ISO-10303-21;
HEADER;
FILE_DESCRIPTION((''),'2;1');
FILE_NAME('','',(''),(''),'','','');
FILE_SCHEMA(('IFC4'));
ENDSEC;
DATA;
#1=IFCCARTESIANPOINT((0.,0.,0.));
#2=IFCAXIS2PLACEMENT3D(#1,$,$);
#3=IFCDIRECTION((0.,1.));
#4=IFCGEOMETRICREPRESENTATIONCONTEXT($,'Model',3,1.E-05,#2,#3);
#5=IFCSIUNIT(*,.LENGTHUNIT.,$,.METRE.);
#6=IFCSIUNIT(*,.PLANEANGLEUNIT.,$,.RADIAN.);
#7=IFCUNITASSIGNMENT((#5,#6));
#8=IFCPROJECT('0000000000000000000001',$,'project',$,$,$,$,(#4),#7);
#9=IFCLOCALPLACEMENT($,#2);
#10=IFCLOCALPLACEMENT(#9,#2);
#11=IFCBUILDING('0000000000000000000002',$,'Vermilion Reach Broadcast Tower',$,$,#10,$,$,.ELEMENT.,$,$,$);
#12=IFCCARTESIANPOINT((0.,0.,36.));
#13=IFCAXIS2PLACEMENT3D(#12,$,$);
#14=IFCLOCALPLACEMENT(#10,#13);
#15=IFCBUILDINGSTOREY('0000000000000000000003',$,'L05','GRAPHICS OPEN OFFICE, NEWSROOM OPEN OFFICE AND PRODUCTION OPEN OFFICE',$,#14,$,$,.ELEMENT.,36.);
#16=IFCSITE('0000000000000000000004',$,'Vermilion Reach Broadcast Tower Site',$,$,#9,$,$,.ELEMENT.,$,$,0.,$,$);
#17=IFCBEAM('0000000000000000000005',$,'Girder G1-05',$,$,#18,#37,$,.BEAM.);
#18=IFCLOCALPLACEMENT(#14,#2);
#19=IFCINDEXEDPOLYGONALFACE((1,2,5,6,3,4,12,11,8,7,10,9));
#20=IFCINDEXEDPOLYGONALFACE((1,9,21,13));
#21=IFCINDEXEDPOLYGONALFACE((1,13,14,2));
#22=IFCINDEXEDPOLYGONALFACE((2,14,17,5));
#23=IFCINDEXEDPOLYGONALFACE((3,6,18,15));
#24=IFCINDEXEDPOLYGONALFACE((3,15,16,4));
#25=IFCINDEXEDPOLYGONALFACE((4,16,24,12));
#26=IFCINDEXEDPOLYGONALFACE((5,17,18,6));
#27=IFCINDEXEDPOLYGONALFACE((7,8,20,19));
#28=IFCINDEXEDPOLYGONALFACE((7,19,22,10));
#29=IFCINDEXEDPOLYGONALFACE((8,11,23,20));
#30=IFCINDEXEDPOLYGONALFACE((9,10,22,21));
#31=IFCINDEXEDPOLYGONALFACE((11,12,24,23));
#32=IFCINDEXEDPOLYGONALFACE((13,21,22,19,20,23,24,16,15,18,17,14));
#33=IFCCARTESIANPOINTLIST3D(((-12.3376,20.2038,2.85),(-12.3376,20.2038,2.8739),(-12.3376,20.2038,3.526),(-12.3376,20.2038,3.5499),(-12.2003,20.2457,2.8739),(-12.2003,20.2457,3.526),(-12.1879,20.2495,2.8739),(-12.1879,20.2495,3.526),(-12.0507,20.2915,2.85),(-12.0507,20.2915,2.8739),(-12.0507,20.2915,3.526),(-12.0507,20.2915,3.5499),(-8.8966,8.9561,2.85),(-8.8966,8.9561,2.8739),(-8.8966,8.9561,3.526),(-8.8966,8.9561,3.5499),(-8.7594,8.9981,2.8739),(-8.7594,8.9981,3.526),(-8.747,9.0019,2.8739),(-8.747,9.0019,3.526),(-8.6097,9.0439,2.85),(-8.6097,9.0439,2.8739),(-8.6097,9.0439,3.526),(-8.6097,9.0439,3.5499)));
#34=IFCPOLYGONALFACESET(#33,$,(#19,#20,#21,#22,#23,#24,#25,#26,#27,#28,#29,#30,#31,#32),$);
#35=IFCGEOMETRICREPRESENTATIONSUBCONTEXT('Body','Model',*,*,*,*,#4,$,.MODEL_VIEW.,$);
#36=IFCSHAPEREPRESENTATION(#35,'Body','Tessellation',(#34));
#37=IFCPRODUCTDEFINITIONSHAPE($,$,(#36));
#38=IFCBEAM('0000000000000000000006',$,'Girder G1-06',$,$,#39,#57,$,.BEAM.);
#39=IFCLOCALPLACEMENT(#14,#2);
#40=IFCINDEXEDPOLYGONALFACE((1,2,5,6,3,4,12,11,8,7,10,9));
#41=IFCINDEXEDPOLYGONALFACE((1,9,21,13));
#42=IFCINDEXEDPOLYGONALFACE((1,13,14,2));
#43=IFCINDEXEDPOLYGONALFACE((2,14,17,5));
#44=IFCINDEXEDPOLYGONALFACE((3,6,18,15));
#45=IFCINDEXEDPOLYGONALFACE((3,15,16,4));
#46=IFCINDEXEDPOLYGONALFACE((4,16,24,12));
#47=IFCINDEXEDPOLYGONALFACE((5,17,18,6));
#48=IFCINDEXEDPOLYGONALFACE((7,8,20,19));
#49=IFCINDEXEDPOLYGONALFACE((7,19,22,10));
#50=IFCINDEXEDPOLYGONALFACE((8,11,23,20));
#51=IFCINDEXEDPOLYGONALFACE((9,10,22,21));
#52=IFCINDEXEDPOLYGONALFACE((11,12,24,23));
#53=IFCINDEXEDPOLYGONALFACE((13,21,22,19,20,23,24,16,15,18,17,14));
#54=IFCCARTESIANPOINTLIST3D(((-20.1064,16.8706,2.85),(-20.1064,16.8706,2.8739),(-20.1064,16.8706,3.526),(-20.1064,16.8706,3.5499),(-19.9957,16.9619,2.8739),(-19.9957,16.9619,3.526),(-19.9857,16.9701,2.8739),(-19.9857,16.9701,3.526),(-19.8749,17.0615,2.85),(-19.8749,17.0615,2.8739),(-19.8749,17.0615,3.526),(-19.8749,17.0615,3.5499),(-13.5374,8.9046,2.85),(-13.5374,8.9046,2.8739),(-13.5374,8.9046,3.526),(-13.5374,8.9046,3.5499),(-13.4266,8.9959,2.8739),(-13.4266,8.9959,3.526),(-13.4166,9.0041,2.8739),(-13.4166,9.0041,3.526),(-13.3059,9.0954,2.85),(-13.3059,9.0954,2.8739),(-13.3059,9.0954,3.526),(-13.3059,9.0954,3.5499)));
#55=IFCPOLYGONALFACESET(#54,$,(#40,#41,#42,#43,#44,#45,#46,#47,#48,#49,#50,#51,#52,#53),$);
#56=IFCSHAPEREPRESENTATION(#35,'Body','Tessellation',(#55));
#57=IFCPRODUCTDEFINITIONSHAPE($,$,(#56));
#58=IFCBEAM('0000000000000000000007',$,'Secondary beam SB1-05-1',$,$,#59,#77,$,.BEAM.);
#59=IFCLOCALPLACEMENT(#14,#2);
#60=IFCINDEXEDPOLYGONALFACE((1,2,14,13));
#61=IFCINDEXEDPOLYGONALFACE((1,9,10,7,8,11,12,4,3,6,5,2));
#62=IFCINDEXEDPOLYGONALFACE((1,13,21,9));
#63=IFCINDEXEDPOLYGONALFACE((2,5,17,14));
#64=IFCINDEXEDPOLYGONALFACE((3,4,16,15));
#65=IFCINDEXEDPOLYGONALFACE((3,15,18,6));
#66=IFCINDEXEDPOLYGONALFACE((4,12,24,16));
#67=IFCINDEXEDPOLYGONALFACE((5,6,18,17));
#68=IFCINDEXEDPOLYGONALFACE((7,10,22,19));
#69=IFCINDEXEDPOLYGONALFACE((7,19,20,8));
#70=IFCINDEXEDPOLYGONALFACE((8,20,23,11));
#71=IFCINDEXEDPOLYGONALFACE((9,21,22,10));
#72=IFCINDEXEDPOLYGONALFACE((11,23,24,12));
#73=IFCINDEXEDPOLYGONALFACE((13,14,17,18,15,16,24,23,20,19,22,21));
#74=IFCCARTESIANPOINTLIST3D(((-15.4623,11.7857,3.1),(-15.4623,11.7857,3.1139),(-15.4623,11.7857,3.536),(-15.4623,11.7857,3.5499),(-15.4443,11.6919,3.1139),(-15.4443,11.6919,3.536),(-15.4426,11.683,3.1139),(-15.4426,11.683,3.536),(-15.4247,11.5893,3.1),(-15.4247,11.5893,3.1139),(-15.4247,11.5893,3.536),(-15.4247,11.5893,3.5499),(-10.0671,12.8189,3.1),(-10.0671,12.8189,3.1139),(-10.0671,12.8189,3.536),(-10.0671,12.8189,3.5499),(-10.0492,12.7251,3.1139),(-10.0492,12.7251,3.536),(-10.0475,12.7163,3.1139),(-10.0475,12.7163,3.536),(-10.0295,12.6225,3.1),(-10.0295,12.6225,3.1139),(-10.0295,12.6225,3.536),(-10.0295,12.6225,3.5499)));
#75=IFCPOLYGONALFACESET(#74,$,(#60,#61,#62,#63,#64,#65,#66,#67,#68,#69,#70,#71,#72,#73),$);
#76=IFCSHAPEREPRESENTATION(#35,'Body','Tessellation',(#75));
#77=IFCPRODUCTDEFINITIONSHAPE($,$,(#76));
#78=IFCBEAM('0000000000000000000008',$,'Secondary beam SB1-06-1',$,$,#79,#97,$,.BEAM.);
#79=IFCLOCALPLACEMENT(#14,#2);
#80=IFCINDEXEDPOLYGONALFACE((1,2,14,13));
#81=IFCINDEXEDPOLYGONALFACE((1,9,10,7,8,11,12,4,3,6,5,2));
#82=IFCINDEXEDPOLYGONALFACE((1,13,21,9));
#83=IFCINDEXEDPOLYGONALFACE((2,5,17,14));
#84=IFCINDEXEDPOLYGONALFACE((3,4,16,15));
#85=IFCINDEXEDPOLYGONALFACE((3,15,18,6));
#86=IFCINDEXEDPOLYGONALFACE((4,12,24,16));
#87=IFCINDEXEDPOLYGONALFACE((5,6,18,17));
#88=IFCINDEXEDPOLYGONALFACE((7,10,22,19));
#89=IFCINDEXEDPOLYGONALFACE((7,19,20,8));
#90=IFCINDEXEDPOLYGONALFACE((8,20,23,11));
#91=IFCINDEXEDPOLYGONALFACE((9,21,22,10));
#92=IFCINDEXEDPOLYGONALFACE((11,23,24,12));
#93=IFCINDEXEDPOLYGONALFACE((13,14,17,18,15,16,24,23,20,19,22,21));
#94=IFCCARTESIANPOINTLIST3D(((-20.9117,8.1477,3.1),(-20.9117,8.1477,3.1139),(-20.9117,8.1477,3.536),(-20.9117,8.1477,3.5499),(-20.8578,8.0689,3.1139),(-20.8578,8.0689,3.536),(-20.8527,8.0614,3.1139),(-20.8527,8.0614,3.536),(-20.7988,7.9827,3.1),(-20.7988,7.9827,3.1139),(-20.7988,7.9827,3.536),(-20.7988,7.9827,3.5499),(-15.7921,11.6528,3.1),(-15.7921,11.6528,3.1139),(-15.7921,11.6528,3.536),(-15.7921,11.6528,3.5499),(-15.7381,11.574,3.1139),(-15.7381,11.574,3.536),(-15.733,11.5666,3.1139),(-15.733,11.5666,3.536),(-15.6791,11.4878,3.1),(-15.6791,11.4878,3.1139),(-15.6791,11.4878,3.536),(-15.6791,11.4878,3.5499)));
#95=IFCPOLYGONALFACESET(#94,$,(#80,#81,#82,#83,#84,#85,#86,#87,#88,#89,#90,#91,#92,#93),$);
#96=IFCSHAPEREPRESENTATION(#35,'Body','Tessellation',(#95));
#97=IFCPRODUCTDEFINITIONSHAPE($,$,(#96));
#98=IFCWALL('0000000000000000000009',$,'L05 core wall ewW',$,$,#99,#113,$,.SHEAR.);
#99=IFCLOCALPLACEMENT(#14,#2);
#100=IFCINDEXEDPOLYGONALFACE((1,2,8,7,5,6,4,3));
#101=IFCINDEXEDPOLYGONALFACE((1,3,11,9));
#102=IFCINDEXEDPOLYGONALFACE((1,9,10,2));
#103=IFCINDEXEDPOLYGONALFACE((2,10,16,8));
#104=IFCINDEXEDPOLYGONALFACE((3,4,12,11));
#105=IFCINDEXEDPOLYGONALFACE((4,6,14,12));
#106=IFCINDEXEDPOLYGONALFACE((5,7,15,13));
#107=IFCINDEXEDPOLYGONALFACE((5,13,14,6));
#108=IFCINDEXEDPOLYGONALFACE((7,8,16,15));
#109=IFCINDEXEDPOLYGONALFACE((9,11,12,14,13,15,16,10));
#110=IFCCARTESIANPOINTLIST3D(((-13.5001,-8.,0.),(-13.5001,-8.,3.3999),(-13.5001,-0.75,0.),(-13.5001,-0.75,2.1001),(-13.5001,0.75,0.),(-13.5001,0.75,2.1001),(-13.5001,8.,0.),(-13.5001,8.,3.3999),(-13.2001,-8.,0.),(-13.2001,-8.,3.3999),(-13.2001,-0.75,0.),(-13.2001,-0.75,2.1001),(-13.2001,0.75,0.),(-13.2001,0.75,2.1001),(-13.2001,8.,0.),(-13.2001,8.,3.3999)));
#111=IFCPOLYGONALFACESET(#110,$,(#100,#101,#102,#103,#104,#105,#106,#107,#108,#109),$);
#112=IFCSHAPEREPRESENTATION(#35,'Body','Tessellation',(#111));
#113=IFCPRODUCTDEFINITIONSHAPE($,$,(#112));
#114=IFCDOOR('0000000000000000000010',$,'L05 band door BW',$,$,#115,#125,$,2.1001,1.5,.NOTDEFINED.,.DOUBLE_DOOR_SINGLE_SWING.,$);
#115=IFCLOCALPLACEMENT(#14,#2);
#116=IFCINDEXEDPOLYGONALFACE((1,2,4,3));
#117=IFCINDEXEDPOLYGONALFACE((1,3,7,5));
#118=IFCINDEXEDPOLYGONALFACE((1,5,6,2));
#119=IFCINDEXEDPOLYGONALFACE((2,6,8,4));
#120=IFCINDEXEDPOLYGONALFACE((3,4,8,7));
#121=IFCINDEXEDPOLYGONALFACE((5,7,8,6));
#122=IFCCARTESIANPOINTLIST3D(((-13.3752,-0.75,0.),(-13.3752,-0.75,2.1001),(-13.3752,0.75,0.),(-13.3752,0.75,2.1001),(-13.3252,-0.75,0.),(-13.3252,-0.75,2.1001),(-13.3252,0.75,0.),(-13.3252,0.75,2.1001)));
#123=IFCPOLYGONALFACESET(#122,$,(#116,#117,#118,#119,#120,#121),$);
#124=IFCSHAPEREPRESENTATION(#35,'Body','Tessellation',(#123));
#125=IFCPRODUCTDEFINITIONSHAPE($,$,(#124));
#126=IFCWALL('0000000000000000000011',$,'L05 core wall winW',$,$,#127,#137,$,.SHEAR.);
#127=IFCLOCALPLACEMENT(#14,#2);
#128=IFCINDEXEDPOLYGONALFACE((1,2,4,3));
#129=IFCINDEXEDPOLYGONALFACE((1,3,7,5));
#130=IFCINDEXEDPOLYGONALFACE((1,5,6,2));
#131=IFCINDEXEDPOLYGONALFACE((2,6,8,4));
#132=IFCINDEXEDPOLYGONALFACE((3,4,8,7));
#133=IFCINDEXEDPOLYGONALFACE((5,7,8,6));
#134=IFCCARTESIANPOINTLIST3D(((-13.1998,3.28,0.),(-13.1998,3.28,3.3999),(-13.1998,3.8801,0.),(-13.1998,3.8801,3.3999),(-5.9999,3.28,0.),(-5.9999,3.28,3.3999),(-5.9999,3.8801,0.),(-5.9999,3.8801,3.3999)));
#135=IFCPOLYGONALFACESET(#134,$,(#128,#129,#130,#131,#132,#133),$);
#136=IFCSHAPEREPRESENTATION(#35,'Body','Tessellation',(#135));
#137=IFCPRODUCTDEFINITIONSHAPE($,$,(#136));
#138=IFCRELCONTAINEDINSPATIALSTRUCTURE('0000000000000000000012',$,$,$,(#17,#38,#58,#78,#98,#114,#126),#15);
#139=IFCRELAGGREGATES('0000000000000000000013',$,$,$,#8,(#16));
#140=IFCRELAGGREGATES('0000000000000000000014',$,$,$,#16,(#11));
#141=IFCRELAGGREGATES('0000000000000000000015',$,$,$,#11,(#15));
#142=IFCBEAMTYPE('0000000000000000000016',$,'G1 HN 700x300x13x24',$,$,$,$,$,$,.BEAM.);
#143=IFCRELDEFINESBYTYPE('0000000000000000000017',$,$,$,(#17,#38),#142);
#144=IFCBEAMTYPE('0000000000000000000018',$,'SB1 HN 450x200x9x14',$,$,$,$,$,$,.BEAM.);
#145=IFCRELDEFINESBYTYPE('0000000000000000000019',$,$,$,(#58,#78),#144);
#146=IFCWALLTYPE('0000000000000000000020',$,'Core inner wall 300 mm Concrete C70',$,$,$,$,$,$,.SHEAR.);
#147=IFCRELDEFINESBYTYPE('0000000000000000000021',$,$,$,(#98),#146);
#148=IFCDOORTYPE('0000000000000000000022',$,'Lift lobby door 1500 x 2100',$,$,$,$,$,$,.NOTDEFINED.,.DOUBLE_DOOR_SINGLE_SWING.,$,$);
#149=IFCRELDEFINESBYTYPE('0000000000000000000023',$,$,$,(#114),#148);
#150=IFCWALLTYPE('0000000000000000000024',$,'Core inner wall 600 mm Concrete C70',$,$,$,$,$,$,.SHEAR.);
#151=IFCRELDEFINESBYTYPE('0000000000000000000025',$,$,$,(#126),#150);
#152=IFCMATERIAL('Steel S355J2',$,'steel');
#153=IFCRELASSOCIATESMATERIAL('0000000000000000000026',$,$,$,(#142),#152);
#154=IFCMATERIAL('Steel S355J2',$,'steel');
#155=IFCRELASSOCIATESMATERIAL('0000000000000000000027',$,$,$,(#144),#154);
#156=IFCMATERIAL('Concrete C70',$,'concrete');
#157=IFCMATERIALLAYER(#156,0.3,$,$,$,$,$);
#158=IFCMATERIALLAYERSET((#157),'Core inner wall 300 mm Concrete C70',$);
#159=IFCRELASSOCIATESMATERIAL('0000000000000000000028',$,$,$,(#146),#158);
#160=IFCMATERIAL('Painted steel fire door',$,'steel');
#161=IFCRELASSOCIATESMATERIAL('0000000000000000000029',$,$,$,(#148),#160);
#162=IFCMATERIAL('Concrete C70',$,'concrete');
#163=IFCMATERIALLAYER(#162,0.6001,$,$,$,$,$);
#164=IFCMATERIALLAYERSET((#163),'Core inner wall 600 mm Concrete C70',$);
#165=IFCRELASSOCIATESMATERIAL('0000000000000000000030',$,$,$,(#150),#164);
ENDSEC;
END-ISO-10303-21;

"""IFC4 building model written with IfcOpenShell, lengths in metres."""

from ifc_helpers import new_model, si_unit, direction, frame, frame_2d, origin, origin_2d, place, context, subcontext, project, spatial, rectangle, i_section, extrude, material, layer, layer_set, material_profile, profile_set, type_object, element, fill, save


model = new_model("IFC4")

# Units and contexts
model_context = context("Model", 3, precision=1e-05, world=origin(), true_north=direction((0.0, 1.0)))
body_context = subcontext(model_context, "Body", "Model", "MODEL_VIEW")
ifc_project = project(units=[si_unit("LENGTHUNIT", "METRE"), si_unit("PLANEANGLEUNIT", "RADIAN")], contexts=[model_context])

# Site, building, storey
site_placement = place(None, origin())
site = spatial("IfcSite", under=ifc_project, at=site_placement, Name="Vermilion Reach Broadcast Tower Site", CompositionType="ELEMENT", RefElevation=0.0)
building_placement = place(site_placement, origin())
building = spatial("IfcBuilding", under=site, at=building_placement, Name="Vermilion Reach Broadcast Tower", CompositionType="ELEMENT")
storey_placement = place(building_placement, frame((0.0, 0.0, 36.0)))
storey = spatial("IfcBuildingStorey", under=building, at=storey_placement, Name="L05", Description="GRAPHICS OPEN OFFICE, NEWSROOM OPEN OFFICE AND PRODUCTION OPEN OFFICE", CompositionType="ELEMENT", Elevation=36.0)

# Beams
ifc_material_1 = material(Name="Steel S355J2", Category="steel")
ifc_material_profile_1 = material_profile(ifc_material_1, i_section(OverallWidth=0.3, OverallDepth=0.7, WebThickness=0.0129, FlangeThickness=0.0239, at=origin_2d()), Name="S355J2 HN 700x300x13x24")
ifc_profile_set_1 = profile_set([ifc_material_profile_1], Name="Steel S355J2")
beam_type_1 = type_object("IfcBeamType", Name="G1 HN 700x300x13x24", PredefinedType="BEAM", material=ifc_profile_set_1)
beam_1_placement = place(storey_placement, frame((-8.7532, 9.0, 3.2), z_axis=(-0.292542, 0.956253, 0.0), x_axis=(-0.956253, -0.292542, 0.0)))
element("IfcBeam", 1, at=beam_1_placement, inside=storey, type_object=beam_type_1, Name="Girder G1-05", PredefinedType="BEAM", context=body_context, shape_type="SweptSolid", body=[
    extrude(i_section(OverallWidth=0.3, OverallDepth=0.7, WebThickness=0.0129, FlangeThickness=0.0239, at=origin_2d()), origin(), (0.0, 0.0, 1.0), 11.7622),
])
beam_2_placement = place(storey_placement, frame((-13.4216, 9.0, 3.2), z_axis=(-0.636215, 0.771512, 0.0), x_axis=(-0.771512, -0.636215, 0.0)))
element("IfcBeam", 2, at=beam_2_placement, inside=storey, type_object=beam_type_1, Name="Girder G1-06", PredefinedType="BEAM", context=body_context, shape_type="SweptSolid", body=[
    extrude(i_section(OverallWidth=0.3, OverallDepth=0.7, WebThickness=0.0129, FlangeThickness=0.0239, at=origin_2d()), origin(), (0.0, 0.0, 1.0), 10.3252),
])
ifc_material_2 = material(Name="Steel S355J2", Category="steel")
ifc_material_profile_2 = material_profile(ifc_material_2, i_section(OverallWidth=0.2, OverallDepth=0.45, WebThickness=0.009, FlangeThickness=0.0139, at=origin_2d()), Name="S355J2 HN 450x200x9x14")
ifc_profile_set_2 = profile_set([ifc_material_profile_2], Name="Steel S355J2")
beam_type_2 = type_object("IfcBeamType", Name="SB1 HN 450x200x9x14", PredefinedType="BEAM", material=ifc_profile_set_2)
beam_3_placement = place(storey_placement, frame((-10.0483, 12.7207, 3.325), z_axis=(-0.982151, -0.188092, 0.0), x_axis=(0.188092, -0.982151, 0.0)))
element("IfcBeam", 3, at=beam_3_placement, inside=storey, type_object=beam_type_2, Name="Secondary beam SB1-05-1", PredefinedType="BEAM", context=body_context, shape_type="SweptSolid", body=[
    extrude(i_section(OverallWidth=0.2, OverallDepth=0.45, WebThickness=0.009, FlangeThickness=0.0139, at=origin_2d()), origin(), (0.0, 0.0, 1.0), 5.4932),
])
beam_4_placement = place(storey_placement, frame((-15.7356, 11.5703, 3.325), z_axis=(-0.82514, -0.564928, 0.0), x_axis=(0.564928, -0.82514, 0.0)))
element("IfcBeam", 4, at=beam_4_placement, inside=storey, type_object=beam_type_2, Name="Secondary beam SB1-06-1", PredefinedType="BEAM", context=body_context, shape_type="SweptSolid", body=[
    extrude(i_section(OverallWidth=0.2, OverallDepth=0.45, WebThickness=0.009, FlangeThickness=0.0139, at=origin_2d()), origin(), (0.0, 0.0, 1.0), 6.2046),
])

# Wall, opening, door
ifc_material_3 = material(Name="Concrete C70", Category="concrete")
ifc_layer_1 = layer(ifc_material_3, 0.3)
ifc_layer_set_1 = layer_set([ifc_layer_1], Name="Core inner wall 300 mm Concrete C70")
wall_type_1 = type_object("IfcWallType", Name="Core inner wall 300 mm Concrete C70", PredefinedType="SHEAR", material=ifc_layer_set_1)
wall_1_placement = place(storey_placement, frame((-13.3501, 8.0, 0.0), z_axis=(0.0, 0.0, 1.0), x_axis=(0.0, -1.0, 0.0)))
wall_1 = element("IfcWall", 5, at=wall_1_placement, inside=storey, type_object=wall_type_1, Name="L05 core wall ewW", PredefinedType="SHEAR", context=body_context, shape_type="SweptSolid", body=[
    extrude(rectangle(XDim=16.0, YDim=0.3, at=frame_2d((8.0, 0.0))), origin(), (0.0, 0.0, 1.0), 3.3999),
])
opening_1_placement = place(wall_1_placement, frame((7.25, 0.0, 0.0)))
opening_1 = element("IfcOpeningElement", 6, at=opening_1_placement, cuts=wall_1, PredefinedType="OPENING", context=body_context, shape_type="SweptSolid", body=[
    extrude(rectangle(XDim=1.5, YDim=2.1001, at=frame_2d((0.75, 1.05))), frame((0.0, 0.1599, 0.0), z_axis=(0.0, -1.0, 0.0), x_axis=(1.0, 0.0, 0.0)), (0.0, 0.0, 1.0), 0.3201),
])
ifc_material_4 = material(Name="Painted steel fire door", Category="steel")
door_type_1 = type_object("IfcDoorType", Name="Lift lobby door 1500 x 2100", OperationType="DOUBLE_DOOR_SINGLE_SWING", PredefinedType="NOTDEFINED", material=ifc_material_4)
door_1_placement = place(opening_1_placement, origin())
door_1 = element("IfcDoor", 7, at=door_1_placement, inside=storey, type_object=door_type_1, Name="L05 band door BW", OperationType="DOUBLE_DOOR_SINGLE_SWING", OverallHeight=2.1001, OverallWidth=1.5, PredefinedType="NOTDEFINED", context=body_context, shape_type="SweptSolid", body=[
    extrude(rectangle(XDim=1.5, YDim=2.1001, at=frame_2d((0.75, 1.05))), frame((0.0, 0.0249, 0.0), z_axis=(0.0, -1.0, 0.0), x_axis=(1.0, 0.0, 0.0)), (0.0, 0.0, 1.0), 0.05),
])
fill(opening_1, door_1)

# Wall
ifc_material_5 = material(Name="Concrete C70", Category="concrete")
ifc_layer_2 = layer(ifc_material_5, 0.6001)
ifc_layer_set_2 = layer_set([ifc_layer_2], Name="Core inner wall 600 mm Concrete C70")
wall_type_2 = type_object("IfcWallType", Name="Core inner wall 600 mm Concrete C70", PredefinedType="SHEAR", material=ifc_layer_set_2)
wall_2_placement = place(storey_placement, frame((-13.2, 3.5801, 0.0), z_axis=(0.0, 0.0, 1.0), x_axis=(1.0, 0.0, 0.0)))
element("IfcWall", 8, at=wall_2_placement, inside=storey, type_object=wall_type_2, Name="L05 core wall winW", PredefinedType="SHEAR", context=body_context, shape_type="SweptSolid", body=[
    extrude(rectangle(XDim=7.2, YDim=0.6001, at=frame_2d((3.6001, 0.0))), origin(), (0.0, 0.0, 1.0), 3.3999),
])

save(model, "model.ifc")
